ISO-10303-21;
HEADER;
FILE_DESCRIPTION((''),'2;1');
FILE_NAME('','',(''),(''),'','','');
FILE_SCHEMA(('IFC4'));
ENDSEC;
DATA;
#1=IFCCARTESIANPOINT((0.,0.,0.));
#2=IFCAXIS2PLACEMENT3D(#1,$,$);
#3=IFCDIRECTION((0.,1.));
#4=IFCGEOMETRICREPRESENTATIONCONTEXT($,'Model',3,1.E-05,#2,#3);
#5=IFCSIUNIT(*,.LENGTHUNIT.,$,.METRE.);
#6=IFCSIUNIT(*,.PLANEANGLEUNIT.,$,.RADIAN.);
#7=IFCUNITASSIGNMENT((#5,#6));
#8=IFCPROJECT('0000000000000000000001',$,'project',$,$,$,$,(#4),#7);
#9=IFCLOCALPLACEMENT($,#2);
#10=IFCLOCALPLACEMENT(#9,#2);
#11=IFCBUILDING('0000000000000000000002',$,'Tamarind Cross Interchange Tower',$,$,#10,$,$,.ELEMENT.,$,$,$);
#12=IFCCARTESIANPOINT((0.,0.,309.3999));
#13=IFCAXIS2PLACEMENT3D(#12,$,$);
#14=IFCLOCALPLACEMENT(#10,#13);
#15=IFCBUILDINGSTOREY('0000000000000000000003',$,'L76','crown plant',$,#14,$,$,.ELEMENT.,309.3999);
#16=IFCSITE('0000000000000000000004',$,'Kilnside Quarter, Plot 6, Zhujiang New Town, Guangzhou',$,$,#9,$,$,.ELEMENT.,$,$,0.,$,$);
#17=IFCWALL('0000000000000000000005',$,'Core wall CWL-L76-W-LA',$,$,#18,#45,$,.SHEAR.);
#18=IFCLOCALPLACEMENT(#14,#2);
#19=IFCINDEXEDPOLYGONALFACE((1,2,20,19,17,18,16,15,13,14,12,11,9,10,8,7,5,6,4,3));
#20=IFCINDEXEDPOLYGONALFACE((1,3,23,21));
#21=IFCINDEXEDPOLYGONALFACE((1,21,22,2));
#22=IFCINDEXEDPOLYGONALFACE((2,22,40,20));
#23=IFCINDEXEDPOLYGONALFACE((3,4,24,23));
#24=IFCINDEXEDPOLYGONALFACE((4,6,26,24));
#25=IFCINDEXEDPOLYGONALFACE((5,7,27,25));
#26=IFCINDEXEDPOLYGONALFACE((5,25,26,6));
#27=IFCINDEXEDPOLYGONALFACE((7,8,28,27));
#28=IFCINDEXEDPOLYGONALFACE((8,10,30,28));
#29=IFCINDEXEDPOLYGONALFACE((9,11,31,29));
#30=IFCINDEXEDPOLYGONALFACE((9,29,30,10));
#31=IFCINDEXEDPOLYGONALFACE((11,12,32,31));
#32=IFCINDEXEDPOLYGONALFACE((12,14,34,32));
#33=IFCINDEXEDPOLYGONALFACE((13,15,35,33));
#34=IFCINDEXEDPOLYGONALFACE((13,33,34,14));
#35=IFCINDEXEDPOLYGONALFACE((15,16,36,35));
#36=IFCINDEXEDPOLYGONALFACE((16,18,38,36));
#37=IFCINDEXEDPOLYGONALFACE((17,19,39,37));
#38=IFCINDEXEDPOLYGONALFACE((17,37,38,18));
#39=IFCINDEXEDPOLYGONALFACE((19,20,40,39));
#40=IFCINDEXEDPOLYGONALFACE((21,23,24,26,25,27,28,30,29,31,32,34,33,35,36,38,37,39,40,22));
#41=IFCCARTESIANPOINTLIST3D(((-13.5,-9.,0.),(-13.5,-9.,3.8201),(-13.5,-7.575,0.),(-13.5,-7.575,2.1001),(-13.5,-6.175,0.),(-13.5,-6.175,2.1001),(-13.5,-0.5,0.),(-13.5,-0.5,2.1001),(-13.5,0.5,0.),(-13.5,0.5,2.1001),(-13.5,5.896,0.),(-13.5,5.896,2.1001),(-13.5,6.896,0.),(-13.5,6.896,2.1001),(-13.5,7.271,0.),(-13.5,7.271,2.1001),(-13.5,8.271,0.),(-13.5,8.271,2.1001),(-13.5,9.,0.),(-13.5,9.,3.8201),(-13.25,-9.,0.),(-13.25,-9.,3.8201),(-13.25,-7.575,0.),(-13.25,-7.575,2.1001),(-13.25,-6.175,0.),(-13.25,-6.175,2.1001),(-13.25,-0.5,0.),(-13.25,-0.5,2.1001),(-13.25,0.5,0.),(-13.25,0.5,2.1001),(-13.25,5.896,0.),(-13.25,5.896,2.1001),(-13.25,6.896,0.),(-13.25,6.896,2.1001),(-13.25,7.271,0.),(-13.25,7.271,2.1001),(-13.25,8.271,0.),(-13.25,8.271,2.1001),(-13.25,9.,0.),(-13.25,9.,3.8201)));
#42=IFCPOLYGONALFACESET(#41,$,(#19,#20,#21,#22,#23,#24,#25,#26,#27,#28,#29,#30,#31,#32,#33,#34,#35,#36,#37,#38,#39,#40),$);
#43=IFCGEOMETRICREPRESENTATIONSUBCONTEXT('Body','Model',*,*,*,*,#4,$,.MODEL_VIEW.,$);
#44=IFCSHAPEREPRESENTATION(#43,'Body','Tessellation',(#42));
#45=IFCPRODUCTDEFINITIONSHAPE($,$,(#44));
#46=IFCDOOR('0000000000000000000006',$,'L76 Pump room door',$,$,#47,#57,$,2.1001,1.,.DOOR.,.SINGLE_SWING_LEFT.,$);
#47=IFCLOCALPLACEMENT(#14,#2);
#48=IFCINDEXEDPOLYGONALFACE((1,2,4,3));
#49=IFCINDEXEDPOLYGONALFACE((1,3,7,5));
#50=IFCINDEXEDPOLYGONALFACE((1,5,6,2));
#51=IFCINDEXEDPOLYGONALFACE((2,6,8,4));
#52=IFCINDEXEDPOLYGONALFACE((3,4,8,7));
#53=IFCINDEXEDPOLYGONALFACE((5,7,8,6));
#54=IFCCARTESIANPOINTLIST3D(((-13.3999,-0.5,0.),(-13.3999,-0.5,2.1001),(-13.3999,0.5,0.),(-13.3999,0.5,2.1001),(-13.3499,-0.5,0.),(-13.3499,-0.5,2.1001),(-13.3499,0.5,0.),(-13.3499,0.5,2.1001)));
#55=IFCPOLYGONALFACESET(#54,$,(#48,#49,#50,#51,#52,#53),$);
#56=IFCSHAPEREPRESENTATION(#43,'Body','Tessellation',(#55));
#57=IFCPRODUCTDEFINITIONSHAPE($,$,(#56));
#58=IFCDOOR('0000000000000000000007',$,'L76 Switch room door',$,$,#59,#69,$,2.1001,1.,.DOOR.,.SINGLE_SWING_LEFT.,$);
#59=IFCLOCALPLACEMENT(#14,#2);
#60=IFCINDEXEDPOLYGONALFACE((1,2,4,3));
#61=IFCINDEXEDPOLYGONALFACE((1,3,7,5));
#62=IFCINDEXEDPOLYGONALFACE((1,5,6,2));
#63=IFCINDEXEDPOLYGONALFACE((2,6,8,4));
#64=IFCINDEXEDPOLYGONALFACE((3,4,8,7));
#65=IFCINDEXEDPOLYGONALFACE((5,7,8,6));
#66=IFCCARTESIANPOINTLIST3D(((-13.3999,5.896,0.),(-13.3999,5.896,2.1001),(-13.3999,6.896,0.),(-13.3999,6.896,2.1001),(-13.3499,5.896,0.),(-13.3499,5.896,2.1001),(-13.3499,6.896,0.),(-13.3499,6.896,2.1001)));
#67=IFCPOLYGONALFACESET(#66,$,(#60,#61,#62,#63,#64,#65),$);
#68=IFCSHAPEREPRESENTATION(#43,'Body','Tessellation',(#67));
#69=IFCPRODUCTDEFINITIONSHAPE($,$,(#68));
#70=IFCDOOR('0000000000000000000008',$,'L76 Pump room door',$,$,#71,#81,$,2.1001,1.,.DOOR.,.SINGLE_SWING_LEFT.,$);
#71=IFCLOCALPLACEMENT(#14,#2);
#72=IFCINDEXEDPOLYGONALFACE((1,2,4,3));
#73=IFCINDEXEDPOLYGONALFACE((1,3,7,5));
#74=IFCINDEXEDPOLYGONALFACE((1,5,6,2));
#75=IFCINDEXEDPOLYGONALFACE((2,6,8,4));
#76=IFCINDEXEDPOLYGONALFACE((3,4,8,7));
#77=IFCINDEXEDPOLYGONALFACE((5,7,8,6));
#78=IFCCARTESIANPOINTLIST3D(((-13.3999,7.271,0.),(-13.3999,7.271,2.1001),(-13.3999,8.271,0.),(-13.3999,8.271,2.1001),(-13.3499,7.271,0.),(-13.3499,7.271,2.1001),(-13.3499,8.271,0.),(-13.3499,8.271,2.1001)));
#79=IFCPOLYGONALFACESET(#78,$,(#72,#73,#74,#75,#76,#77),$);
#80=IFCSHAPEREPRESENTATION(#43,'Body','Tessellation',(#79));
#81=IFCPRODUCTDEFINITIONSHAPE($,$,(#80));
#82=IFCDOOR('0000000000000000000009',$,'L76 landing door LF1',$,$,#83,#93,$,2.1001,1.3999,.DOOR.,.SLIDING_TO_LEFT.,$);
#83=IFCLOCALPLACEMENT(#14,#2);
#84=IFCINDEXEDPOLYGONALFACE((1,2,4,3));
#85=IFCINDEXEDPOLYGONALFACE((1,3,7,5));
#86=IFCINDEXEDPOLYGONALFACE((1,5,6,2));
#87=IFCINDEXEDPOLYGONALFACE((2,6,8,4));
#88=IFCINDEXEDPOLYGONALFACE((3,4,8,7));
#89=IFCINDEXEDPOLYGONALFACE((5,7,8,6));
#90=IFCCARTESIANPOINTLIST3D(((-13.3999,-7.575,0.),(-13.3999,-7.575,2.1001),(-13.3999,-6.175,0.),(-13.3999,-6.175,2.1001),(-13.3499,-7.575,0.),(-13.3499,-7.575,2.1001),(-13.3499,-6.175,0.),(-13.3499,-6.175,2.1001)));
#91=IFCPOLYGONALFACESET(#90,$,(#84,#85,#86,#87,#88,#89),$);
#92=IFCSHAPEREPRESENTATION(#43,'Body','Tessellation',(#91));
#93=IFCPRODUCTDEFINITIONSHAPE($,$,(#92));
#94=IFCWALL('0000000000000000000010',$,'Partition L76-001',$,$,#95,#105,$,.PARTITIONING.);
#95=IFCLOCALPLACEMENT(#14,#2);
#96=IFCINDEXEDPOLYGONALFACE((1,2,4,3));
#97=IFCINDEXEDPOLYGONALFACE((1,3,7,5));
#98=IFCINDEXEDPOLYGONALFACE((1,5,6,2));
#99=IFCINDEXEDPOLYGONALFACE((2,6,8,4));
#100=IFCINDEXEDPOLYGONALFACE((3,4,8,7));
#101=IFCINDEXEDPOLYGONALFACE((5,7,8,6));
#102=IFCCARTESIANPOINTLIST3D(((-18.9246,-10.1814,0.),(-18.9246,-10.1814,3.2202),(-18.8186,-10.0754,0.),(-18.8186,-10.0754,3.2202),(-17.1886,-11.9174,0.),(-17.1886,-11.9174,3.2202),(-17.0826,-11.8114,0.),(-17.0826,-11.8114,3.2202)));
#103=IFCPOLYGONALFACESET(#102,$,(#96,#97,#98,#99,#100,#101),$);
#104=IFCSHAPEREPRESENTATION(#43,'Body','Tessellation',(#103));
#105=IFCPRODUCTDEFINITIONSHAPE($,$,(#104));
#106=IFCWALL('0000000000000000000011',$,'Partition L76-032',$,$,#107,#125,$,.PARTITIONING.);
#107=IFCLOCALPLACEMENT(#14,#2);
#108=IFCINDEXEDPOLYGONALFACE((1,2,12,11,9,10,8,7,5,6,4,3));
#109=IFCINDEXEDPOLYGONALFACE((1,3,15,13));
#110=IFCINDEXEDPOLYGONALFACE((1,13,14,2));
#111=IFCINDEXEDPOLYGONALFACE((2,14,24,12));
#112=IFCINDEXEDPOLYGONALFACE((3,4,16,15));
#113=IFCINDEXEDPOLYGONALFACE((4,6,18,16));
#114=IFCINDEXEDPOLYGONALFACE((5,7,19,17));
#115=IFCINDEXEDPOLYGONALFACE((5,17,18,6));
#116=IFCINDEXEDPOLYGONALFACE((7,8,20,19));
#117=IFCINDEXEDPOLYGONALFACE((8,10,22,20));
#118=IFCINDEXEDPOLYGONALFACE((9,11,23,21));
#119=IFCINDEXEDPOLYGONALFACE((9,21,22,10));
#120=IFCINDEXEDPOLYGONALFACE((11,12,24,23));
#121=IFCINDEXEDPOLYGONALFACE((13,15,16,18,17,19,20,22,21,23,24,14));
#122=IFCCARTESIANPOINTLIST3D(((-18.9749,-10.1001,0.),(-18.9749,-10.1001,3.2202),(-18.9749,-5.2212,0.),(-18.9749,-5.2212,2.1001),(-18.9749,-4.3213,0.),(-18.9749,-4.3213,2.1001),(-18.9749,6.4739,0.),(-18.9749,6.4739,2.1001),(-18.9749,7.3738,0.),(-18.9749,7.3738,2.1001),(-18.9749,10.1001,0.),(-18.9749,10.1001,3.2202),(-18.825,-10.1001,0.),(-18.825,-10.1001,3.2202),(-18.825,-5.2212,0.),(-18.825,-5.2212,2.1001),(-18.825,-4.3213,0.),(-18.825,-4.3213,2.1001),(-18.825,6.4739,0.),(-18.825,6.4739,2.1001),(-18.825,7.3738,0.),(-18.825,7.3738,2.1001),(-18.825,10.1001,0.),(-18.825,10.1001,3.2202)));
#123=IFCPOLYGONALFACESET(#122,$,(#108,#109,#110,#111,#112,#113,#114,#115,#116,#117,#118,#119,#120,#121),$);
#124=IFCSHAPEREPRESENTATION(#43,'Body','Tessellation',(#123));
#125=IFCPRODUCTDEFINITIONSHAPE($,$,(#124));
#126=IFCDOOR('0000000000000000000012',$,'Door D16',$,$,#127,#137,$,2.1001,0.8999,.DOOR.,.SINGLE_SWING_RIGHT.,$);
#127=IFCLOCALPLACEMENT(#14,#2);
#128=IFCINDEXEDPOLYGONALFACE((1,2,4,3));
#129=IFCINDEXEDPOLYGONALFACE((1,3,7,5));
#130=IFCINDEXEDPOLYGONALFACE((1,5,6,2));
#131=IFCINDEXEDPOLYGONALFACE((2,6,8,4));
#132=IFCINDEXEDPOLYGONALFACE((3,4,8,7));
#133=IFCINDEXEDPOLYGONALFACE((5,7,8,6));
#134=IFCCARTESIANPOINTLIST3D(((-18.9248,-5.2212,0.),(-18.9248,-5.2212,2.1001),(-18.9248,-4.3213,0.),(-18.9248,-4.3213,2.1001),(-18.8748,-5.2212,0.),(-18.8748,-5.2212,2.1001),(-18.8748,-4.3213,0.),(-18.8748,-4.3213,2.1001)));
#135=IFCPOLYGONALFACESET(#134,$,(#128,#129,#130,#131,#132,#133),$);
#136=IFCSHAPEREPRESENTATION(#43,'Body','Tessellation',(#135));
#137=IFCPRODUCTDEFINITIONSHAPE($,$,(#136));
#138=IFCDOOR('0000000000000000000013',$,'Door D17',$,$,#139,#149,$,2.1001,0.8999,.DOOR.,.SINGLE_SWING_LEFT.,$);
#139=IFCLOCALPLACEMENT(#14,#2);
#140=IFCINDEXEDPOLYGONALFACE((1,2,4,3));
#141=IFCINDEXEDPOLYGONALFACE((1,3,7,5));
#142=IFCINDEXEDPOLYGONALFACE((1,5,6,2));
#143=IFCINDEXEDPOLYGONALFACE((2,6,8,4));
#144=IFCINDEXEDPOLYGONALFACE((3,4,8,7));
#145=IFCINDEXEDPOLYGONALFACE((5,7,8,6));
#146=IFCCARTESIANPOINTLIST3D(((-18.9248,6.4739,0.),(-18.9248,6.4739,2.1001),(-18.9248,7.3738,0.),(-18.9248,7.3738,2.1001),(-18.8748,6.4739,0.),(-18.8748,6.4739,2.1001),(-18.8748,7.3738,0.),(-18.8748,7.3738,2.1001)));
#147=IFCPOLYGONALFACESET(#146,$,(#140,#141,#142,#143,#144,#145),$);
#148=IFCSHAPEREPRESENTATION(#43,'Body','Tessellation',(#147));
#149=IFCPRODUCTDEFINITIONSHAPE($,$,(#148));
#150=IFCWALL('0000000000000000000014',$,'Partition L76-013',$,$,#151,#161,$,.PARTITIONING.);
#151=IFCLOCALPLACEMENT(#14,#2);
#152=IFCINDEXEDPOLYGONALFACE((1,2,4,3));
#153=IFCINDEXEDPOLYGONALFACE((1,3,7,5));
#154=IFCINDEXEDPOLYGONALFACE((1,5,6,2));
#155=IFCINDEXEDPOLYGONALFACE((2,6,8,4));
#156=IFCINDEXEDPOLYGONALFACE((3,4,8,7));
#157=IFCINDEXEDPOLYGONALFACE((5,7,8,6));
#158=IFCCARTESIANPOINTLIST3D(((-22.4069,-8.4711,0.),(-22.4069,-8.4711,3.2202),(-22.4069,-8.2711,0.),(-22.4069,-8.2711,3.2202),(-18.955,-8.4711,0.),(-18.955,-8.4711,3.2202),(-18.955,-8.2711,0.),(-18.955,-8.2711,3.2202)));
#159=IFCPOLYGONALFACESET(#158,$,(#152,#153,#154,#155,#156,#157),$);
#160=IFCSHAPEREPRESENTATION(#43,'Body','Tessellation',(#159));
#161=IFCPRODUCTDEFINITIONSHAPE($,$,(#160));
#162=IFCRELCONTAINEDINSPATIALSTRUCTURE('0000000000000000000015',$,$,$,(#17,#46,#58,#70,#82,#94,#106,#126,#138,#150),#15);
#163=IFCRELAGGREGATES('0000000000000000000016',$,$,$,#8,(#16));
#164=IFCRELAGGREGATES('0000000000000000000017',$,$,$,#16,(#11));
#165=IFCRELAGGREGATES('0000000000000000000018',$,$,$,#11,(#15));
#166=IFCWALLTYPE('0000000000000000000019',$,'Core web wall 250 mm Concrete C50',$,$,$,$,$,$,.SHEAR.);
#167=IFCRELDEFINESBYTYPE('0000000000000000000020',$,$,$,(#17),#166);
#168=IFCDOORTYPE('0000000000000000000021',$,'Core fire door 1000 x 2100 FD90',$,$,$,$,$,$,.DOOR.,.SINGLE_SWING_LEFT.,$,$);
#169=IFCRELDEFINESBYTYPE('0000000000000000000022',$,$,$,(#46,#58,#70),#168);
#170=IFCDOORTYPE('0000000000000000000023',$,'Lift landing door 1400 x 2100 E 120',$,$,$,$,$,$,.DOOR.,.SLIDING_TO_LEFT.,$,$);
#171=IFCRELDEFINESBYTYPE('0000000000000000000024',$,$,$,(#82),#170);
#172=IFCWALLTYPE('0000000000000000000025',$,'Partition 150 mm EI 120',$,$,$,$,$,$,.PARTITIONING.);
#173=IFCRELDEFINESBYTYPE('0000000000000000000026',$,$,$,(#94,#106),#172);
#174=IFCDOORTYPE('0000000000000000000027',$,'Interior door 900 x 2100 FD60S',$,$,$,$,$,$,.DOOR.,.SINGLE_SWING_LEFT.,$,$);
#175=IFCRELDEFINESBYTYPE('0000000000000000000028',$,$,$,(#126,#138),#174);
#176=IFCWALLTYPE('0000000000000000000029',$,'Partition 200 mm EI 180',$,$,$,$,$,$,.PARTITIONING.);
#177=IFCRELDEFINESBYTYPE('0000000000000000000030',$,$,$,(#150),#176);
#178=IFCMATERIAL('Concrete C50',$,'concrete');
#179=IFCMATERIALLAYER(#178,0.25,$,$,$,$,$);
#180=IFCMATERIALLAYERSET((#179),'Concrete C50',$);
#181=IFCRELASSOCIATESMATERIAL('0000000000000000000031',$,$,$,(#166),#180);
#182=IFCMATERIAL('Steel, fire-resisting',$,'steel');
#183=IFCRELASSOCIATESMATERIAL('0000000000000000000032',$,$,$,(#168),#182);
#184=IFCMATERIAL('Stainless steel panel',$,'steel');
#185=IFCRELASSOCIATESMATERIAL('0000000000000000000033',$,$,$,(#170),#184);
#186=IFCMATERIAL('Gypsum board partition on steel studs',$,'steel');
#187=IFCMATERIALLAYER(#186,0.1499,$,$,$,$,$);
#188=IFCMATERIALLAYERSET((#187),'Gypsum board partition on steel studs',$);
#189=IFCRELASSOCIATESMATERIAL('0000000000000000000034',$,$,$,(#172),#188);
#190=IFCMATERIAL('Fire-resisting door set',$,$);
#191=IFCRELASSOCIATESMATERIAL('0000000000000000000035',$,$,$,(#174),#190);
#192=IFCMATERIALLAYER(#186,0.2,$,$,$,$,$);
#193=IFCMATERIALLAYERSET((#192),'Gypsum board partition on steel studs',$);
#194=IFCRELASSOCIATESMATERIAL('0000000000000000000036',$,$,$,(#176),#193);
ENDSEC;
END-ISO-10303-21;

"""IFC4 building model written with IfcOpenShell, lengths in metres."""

from ifc_helpers import new_model, si_unit, direction, frame, frame_2d, origin, place, context, subcontext, project, spatial, rectangle, extrude, material, layer, layer_set, type_object, element, fill, save


model = new_model("IFC4")

# Units and contexts
model_context = context("Model", 3, precision=1e-05, world=origin(), true_north=direction((0.0, 1.0)))
body_context = subcontext(model_context, "Body", "Model", "MODEL_VIEW")
ifc_project = project(units=[si_unit("LENGTHUNIT", "METRE"), si_unit("PLANEANGLEUNIT", "RADIAN")], contexts=[model_context])

# Site, building, storey
site_placement = place(None, origin())
site = spatial("IfcSite", under=ifc_project, at=site_placement, Name="Kilnside Quarter, Plot 6, Zhujiang New Town, Guangzhou", CompositionType="ELEMENT", RefElevation=0.0)
building_placement = place(site_placement, origin())
building = spatial("IfcBuilding", under=site, at=building_placement, Name="Tamarind Cross Interchange Tower", CompositionType="ELEMENT")
storey_placement = place(building_placement, frame((0.0, 0.0, 309.3999)))
storey = spatial("IfcBuildingStorey", under=building, at=storey_placement, Name="L76", Description="crown plant", CompositionType="ELEMENT", Elevation=309.3999)

# Wall, openings, doors
ifc_material_1 = material(Name="Concrete C50", Category="concrete")
ifc_material_2 = material(Name="Steel, fire-resisting", Category="steel")
ifc_layer_1 = layer(ifc_material_1, 0.25)
ifc_layer_set_1 = layer_set([ifc_layer_1], Name="Concrete C50")
wall_type_1 = type_object("IfcWallType", Name="Core web wall 250 mm Concrete C50", PredefinedType="SHEAR", material=ifc_layer_set_1)
wall_1_placement = place(storey_placement, frame((-13.375, -9.0, 0.0), z_axis=(0.0, 0.0, 1.0), x_axis=(0.0, 1.0, 0.0)))
wall_1 = element("IfcWall", 1, at=wall_1_placement, inside=storey, type_object=wall_type_1, Name="Core wall CWL-L76-W-LA", PredefinedType="SHEAR", context=body_context, shape_type="SweptSolid", body=[
    extrude(rectangle(XDim=18.0, YDim=0.25, at=frame_2d((9.0, 0.0))), origin(), (0.0, 0.0, 1.0), 3.8201),
])
opening_1_placement = place(wall_1_placement, frame((1.425, 0.0, 0.0)))
opening_1 = element("IfcOpeningElement", 2, at=opening_1_placement, cuts=wall_1, PredefinedType="OPENING", context=body_context, shape_type="SweptSolid", body=[
    extrude(rectangle(XDim=1.3999, YDim=2.1001, at=frame_2d((0.7, 1.05))), frame((0.0, 0.135, 0.0), z_axis=(0.0, -1.0, 0.0), x_axis=(1.0, 0.0, 0.0)), (0.0, 0.0, 1.0), 0.27),
])
opening_2_placement = place(wall_1_placement, frame((8.5, 0.0, 0.0)))
opening_2 = element("IfcOpeningElement", 3, at=opening_2_placement, cuts=wall_1, PredefinedType="OPENING", context=body_context, shape_type="SweptSolid", body=[
    extrude(rectangle(XDim=1.0, YDim=2.1001, at=frame_2d((0.5, 1.05))), frame((0.0, 0.135, 0.0), z_axis=(0.0, -1.0, 0.0), x_axis=(1.0, 0.0, 0.0)), (0.0, 0.0, 1.0), 0.27),
])
opening_3_placement = place(wall_1_placement, frame((14.896, 0.0, 0.0)))
opening_3 = element("IfcOpeningElement", 4, at=opening_3_placement, cuts=wall_1, PredefinedType="OPENING", context=body_context, shape_type="SweptSolid", body=[
    extrude(rectangle(XDim=1.0, YDim=2.1001, at=frame_2d((0.5, 1.05))), frame((0.0, 0.135, 0.0), z_axis=(0.0, -1.0, 0.0), x_axis=(1.0, 0.0, 0.0)), (0.0, 0.0, 1.0), 0.27),
])
opening_4_placement = place(wall_1_placement, frame((16.271, 0.0, 0.0)))
opening_4 = element("IfcOpeningElement", 5, at=opening_4_placement, cuts=wall_1, PredefinedType="OPENING", context=body_context, shape_type="SweptSolid", body=[
    extrude(rectangle(XDim=1.0, YDim=2.1001, at=frame_2d((0.5, 1.05))), frame((0.0, 0.135, 0.0), z_axis=(0.0, -1.0, 0.0), x_axis=(1.0, 0.0, 0.0)), (0.0, 0.0, 1.0), 0.27),
])
door_type_1 = type_object("IfcDoorType", Name="Core fire door 1000 x 2100 FD90", OperationType="SINGLE_SWING_LEFT", PredefinedType="DOOR", material=ifc_material_2)
door_1_placement = place(opening_2_placement, origin())
door_1 = element("IfcDoor", 6, at=door_1_placement, inside=storey, type_object=door_type_1, Name="L76 Pump room door", OperationType="SINGLE_SWING_LEFT", OverallHeight=2.1001, OverallWidth=1.0, PredefinedType="DOOR", context=body_context, shape_type="SweptSolid", body=[
    extrude(rectangle(XDim=1.0, YDim=2.1001, at=frame_2d((0.5, 1.05))), frame((0.0, 0.0249, 0.0), z_axis=(0.0, -1.0, 0.0), x_axis=(1.0, 0.0, 0.0)), (0.0, 0.0, 1.0), 0.05),
])
fill(opening_2, door_1)
door_2_placement = place(opening_3_placement, origin())
door_2 = element("IfcDoor", 7, at=door_2_placement, inside=storey, type_object=door_type_1, Name="L76 Switch room door", OperationType="SINGLE_SWING_LEFT", OverallHeight=2.1001, OverallWidth=1.0, PredefinedType="DOOR", context=body_context, shape_type="SweptSolid", body=[
    extrude(rectangle(XDim=1.0, YDim=2.1001, at=frame_2d((0.5, 1.05))), frame((0.0, 0.0249, 0.0), z_axis=(0.0, -1.0, 0.0), x_axis=(1.0, 0.0, 0.0)), (0.0, 0.0, 1.0), 0.05),
])
fill(opening_3, door_2)
door_3_placement = place(opening_4_placement, origin())
door_3 = element("IfcDoor", 8, at=door_3_placement, inside=storey, type_object=door_type_1, Name="L76 Pump room door", OperationType="SINGLE_SWING_LEFT", OverallHeight=2.1001, OverallWidth=1.0, PredefinedType="DOOR", context=body_context, shape_type="SweptSolid", body=[
    extrude(rectangle(XDim=1.0, YDim=2.1001, at=frame_2d((0.5, 1.05))), frame((0.0, 0.0249, 0.0), z_axis=(0.0, -1.0, 0.0), x_axis=(1.0, 0.0, 0.0)), (0.0, 0.0, 1.0), 0.05),
])
fill(opening_4, door_3)
ifc_material_3 = material(Name="Stainless steel panel", Category="steel")
door_type_2 = type_object("IfcDoorType", Name="Lift landing door 1400 x 2100 E 120", OperationType="SLIDING_TO_LEFT", PredefinedType="DOOR", material=ifc_material_3)
door_4_placement = place(opening_1_placement, origin())
door_4 = element("IfcDoor", 9, at=door_4_placement, inside=storey, type_object=door_type_2, Name="L76 landing door LF1", OperationType="SLIDING_TO_LEFT", OverallHeight=2.1001, OverallWidth=1.3999, PredefinedType="DOOR", context=body_context, shape_type="SweptSolid", body=[
    extrude(rectangle(XDim=1.3999, YDim=2.1001, at=frame_2d((0.7, 1.05))), frame((0.0, 0.0249, 0.0), z_axis=(0.0, -1.0, 0.0), x_axis=(1.0, 0.0, 0.0)), (0.0, 0.0, 1.0), 0.05),
])
fill(opening_1, door_4)

# Wall
ifc_material_4 = material(Name="Gypsum board partition on steel studs", Category="steel")
ifc_layer_2 = layer(ifc_material_4, 0.1499)
ifc_layer_set_2 = layer_set([ifc_layer_2], Name="Gypsum board partition on steel studs")
wall_type_2 = type_object("IfcWallType", Name="Partition 150 mm EI 120", PredefinedType="PARTITIONING", material=ifc_layer_set_2)
wall_2_placement = place(storey_placement, frame((-18.8716, -10.1284, 0.0), z_axis=(0.0, 0.0, 1.0), x_axis=(0.707107, -0.707107, 0.0)))
element("IfcWall", 10, at=wall_2_placement, inside=storey, type_object=wall_type_2, Name="Partition L76-001", PredefinedType="PARTITIONING", context=body_context, shape_type="SweptSolid", body=[
    extrude(rectangle(XDim=2.4551, YDim=0.1499, at=frame_2d((1.2275, 0.0))), origin(), (0.0, 0.0, 1.0), 3.2202),
])

# Wall, openings, doors
wall_3_placement = place(storey_placement, frame((-18.8999, -10.1001, 0.0), z_axis=(0.0, 0.0, 1.0), x_axis=(0.0, 1.0, 0.0)))
wall_3 = element("IfcWall", 11, at=wall_3_placement, inside=storey, type_object=wall_type_2, Name="Partition L76-032", PredefinedType="PARTITIONING", context=body_context, shape_type="SweptSolid", body=[
    extrude(rectangle(XDim=20.2002, YDim=0.1499, at=frame_2d((10.1001, 0.0))), origin(), (0.0, 0.0, 1.0), 3.2202),
])
opening_5_placement = place(wall_3_placement, frame((4.8789, 0.0, 0.0)))
opening_5 = element("IfcOpeningElement", 12, at=opening_5_placement, cuts=wall_3, PredefinedType="OPENING", context=body_context, shape_type="SweptSolid", body=[
    extrude(rectangle(XDim=0.8999, YDim=2.1001, at=frame_2d((0.45, 1.05))), frame((0.0, 0.085, 0.0), z_axis=(0.0, -1.0, 0.0), x_axis=(1.0, 0.0, 0.0)), (0.0, 0.0, 1.0), 0.1699),
])
opening_6_placement = place(wall_3_placement, frame((16.574, 0.0, 0.0)))
opening_6 = element("IfcOpeningElement", 13, at=opening_6_placement, cuts=wall_3, PredefinedType="OPENING", context=body_context, shape_type="SweptSolid", body=[
    extrude(rectangle(XDim=0.8999, YDim=2.1001, at=frame_2d((0.45, 1.05))), frame((0.0, 0.085, 0.0), z_axis=(0.0, -1.0, 0.0), x_axis=(1.0, 0.0, 0.0)), (0.0, 0.0, 1.0), 0.1699),
])
ifc_material_5 = material(Name="Fire-resisting door set")
door_type_3 = type_object("IfcDoorType", Name="Interior door 900 x 2100 FD60S", OperationType="SINGLE_SWING_LEFT", PredefinedType="DOOR", material=ifc_material_5)
door_5_placement = place(opening_5_placement, origin())
door_5 = element("IfcDoor", 14, at=door_5_placement, inside=storey, type_object=door_type_3, Name="Door D16", OperationType="SINGLE_SWING_RIGHT", OverallHeight=2.1001, OverallWidth=0.8999, PredefinedType="DOOR", context=body_context, shape_type="SweptSolid", body=[
    extrude(rectangle(XDim=0.8999, YDim=2.1001, at=frame_2d((0.45, 1.05))), frame((0.0, 0.0249, 0.0), z_axis=(0.0, -1.0, 0.0), x_axis=(1.0, 0.0, 0.0)), (0.0, 0.0, 1.0), 0.05),
])
fill(opening_5, door_5)
door_6_placement = place(opening_6_placement, origin())
door_6 = element("IfcDoor", 15, at=door_6_placement, inside=storey, type_object=door_type_3, Name="Door D17", OperationType="SINGLE_SWING_LEFT", OverallHeight=2.1001, OverallWidth=0.8999, PredefinedType="DOOR", context=body_context, shape_type="SweptSolid", body=[
    extrude(rectangle(XDim=0.8999, YDim=2.1001, at=frame_2d((0.45, 1.05))), frame((0.0, 0.0249, 0.0), z_axis=(0.0, -1.0, 0.0), x_axis=(1.0, 0.0, 0.0)), (0.0, 0.0, 1.0), 0.05),
])
fill(opening_6, door_6)

# Wall
ifc_layer_3 = layer(ifc_material_4, 0.2)
ifc_layer_set_3 = layer_set([ifc_layer_3], Name="Gypsum board partition on steel studs")
wall_type_3 = type_object("IfcWallType", Name="Partition 200 mm EI 180", PredefinedType="PARTITIONING", material=ifc_layer_set_3)
wall_4_placement = place(storey_placement, frame((-22.407, -8.3711, 0.0), z_axis=(0.0, 0.0, 1.0), x_axis=(1.0, 0.0, 0.0)))
element("IfcWall", 16, at=wall_4_placement, inside=storey, type_object=wall_type_3, Name="Partition L76-013", PredefinedType="PARTITIONING", context=body_context, shape_type="SweptSolid", body=[
    extrude(rectangle(XDim=3.4519, YDim=0.2, at=frame_2d((1.7261, 0.0))), origin(), (0.0, 0.0, 1.0), 3.2202),
])

save(model, "model.ifc")
